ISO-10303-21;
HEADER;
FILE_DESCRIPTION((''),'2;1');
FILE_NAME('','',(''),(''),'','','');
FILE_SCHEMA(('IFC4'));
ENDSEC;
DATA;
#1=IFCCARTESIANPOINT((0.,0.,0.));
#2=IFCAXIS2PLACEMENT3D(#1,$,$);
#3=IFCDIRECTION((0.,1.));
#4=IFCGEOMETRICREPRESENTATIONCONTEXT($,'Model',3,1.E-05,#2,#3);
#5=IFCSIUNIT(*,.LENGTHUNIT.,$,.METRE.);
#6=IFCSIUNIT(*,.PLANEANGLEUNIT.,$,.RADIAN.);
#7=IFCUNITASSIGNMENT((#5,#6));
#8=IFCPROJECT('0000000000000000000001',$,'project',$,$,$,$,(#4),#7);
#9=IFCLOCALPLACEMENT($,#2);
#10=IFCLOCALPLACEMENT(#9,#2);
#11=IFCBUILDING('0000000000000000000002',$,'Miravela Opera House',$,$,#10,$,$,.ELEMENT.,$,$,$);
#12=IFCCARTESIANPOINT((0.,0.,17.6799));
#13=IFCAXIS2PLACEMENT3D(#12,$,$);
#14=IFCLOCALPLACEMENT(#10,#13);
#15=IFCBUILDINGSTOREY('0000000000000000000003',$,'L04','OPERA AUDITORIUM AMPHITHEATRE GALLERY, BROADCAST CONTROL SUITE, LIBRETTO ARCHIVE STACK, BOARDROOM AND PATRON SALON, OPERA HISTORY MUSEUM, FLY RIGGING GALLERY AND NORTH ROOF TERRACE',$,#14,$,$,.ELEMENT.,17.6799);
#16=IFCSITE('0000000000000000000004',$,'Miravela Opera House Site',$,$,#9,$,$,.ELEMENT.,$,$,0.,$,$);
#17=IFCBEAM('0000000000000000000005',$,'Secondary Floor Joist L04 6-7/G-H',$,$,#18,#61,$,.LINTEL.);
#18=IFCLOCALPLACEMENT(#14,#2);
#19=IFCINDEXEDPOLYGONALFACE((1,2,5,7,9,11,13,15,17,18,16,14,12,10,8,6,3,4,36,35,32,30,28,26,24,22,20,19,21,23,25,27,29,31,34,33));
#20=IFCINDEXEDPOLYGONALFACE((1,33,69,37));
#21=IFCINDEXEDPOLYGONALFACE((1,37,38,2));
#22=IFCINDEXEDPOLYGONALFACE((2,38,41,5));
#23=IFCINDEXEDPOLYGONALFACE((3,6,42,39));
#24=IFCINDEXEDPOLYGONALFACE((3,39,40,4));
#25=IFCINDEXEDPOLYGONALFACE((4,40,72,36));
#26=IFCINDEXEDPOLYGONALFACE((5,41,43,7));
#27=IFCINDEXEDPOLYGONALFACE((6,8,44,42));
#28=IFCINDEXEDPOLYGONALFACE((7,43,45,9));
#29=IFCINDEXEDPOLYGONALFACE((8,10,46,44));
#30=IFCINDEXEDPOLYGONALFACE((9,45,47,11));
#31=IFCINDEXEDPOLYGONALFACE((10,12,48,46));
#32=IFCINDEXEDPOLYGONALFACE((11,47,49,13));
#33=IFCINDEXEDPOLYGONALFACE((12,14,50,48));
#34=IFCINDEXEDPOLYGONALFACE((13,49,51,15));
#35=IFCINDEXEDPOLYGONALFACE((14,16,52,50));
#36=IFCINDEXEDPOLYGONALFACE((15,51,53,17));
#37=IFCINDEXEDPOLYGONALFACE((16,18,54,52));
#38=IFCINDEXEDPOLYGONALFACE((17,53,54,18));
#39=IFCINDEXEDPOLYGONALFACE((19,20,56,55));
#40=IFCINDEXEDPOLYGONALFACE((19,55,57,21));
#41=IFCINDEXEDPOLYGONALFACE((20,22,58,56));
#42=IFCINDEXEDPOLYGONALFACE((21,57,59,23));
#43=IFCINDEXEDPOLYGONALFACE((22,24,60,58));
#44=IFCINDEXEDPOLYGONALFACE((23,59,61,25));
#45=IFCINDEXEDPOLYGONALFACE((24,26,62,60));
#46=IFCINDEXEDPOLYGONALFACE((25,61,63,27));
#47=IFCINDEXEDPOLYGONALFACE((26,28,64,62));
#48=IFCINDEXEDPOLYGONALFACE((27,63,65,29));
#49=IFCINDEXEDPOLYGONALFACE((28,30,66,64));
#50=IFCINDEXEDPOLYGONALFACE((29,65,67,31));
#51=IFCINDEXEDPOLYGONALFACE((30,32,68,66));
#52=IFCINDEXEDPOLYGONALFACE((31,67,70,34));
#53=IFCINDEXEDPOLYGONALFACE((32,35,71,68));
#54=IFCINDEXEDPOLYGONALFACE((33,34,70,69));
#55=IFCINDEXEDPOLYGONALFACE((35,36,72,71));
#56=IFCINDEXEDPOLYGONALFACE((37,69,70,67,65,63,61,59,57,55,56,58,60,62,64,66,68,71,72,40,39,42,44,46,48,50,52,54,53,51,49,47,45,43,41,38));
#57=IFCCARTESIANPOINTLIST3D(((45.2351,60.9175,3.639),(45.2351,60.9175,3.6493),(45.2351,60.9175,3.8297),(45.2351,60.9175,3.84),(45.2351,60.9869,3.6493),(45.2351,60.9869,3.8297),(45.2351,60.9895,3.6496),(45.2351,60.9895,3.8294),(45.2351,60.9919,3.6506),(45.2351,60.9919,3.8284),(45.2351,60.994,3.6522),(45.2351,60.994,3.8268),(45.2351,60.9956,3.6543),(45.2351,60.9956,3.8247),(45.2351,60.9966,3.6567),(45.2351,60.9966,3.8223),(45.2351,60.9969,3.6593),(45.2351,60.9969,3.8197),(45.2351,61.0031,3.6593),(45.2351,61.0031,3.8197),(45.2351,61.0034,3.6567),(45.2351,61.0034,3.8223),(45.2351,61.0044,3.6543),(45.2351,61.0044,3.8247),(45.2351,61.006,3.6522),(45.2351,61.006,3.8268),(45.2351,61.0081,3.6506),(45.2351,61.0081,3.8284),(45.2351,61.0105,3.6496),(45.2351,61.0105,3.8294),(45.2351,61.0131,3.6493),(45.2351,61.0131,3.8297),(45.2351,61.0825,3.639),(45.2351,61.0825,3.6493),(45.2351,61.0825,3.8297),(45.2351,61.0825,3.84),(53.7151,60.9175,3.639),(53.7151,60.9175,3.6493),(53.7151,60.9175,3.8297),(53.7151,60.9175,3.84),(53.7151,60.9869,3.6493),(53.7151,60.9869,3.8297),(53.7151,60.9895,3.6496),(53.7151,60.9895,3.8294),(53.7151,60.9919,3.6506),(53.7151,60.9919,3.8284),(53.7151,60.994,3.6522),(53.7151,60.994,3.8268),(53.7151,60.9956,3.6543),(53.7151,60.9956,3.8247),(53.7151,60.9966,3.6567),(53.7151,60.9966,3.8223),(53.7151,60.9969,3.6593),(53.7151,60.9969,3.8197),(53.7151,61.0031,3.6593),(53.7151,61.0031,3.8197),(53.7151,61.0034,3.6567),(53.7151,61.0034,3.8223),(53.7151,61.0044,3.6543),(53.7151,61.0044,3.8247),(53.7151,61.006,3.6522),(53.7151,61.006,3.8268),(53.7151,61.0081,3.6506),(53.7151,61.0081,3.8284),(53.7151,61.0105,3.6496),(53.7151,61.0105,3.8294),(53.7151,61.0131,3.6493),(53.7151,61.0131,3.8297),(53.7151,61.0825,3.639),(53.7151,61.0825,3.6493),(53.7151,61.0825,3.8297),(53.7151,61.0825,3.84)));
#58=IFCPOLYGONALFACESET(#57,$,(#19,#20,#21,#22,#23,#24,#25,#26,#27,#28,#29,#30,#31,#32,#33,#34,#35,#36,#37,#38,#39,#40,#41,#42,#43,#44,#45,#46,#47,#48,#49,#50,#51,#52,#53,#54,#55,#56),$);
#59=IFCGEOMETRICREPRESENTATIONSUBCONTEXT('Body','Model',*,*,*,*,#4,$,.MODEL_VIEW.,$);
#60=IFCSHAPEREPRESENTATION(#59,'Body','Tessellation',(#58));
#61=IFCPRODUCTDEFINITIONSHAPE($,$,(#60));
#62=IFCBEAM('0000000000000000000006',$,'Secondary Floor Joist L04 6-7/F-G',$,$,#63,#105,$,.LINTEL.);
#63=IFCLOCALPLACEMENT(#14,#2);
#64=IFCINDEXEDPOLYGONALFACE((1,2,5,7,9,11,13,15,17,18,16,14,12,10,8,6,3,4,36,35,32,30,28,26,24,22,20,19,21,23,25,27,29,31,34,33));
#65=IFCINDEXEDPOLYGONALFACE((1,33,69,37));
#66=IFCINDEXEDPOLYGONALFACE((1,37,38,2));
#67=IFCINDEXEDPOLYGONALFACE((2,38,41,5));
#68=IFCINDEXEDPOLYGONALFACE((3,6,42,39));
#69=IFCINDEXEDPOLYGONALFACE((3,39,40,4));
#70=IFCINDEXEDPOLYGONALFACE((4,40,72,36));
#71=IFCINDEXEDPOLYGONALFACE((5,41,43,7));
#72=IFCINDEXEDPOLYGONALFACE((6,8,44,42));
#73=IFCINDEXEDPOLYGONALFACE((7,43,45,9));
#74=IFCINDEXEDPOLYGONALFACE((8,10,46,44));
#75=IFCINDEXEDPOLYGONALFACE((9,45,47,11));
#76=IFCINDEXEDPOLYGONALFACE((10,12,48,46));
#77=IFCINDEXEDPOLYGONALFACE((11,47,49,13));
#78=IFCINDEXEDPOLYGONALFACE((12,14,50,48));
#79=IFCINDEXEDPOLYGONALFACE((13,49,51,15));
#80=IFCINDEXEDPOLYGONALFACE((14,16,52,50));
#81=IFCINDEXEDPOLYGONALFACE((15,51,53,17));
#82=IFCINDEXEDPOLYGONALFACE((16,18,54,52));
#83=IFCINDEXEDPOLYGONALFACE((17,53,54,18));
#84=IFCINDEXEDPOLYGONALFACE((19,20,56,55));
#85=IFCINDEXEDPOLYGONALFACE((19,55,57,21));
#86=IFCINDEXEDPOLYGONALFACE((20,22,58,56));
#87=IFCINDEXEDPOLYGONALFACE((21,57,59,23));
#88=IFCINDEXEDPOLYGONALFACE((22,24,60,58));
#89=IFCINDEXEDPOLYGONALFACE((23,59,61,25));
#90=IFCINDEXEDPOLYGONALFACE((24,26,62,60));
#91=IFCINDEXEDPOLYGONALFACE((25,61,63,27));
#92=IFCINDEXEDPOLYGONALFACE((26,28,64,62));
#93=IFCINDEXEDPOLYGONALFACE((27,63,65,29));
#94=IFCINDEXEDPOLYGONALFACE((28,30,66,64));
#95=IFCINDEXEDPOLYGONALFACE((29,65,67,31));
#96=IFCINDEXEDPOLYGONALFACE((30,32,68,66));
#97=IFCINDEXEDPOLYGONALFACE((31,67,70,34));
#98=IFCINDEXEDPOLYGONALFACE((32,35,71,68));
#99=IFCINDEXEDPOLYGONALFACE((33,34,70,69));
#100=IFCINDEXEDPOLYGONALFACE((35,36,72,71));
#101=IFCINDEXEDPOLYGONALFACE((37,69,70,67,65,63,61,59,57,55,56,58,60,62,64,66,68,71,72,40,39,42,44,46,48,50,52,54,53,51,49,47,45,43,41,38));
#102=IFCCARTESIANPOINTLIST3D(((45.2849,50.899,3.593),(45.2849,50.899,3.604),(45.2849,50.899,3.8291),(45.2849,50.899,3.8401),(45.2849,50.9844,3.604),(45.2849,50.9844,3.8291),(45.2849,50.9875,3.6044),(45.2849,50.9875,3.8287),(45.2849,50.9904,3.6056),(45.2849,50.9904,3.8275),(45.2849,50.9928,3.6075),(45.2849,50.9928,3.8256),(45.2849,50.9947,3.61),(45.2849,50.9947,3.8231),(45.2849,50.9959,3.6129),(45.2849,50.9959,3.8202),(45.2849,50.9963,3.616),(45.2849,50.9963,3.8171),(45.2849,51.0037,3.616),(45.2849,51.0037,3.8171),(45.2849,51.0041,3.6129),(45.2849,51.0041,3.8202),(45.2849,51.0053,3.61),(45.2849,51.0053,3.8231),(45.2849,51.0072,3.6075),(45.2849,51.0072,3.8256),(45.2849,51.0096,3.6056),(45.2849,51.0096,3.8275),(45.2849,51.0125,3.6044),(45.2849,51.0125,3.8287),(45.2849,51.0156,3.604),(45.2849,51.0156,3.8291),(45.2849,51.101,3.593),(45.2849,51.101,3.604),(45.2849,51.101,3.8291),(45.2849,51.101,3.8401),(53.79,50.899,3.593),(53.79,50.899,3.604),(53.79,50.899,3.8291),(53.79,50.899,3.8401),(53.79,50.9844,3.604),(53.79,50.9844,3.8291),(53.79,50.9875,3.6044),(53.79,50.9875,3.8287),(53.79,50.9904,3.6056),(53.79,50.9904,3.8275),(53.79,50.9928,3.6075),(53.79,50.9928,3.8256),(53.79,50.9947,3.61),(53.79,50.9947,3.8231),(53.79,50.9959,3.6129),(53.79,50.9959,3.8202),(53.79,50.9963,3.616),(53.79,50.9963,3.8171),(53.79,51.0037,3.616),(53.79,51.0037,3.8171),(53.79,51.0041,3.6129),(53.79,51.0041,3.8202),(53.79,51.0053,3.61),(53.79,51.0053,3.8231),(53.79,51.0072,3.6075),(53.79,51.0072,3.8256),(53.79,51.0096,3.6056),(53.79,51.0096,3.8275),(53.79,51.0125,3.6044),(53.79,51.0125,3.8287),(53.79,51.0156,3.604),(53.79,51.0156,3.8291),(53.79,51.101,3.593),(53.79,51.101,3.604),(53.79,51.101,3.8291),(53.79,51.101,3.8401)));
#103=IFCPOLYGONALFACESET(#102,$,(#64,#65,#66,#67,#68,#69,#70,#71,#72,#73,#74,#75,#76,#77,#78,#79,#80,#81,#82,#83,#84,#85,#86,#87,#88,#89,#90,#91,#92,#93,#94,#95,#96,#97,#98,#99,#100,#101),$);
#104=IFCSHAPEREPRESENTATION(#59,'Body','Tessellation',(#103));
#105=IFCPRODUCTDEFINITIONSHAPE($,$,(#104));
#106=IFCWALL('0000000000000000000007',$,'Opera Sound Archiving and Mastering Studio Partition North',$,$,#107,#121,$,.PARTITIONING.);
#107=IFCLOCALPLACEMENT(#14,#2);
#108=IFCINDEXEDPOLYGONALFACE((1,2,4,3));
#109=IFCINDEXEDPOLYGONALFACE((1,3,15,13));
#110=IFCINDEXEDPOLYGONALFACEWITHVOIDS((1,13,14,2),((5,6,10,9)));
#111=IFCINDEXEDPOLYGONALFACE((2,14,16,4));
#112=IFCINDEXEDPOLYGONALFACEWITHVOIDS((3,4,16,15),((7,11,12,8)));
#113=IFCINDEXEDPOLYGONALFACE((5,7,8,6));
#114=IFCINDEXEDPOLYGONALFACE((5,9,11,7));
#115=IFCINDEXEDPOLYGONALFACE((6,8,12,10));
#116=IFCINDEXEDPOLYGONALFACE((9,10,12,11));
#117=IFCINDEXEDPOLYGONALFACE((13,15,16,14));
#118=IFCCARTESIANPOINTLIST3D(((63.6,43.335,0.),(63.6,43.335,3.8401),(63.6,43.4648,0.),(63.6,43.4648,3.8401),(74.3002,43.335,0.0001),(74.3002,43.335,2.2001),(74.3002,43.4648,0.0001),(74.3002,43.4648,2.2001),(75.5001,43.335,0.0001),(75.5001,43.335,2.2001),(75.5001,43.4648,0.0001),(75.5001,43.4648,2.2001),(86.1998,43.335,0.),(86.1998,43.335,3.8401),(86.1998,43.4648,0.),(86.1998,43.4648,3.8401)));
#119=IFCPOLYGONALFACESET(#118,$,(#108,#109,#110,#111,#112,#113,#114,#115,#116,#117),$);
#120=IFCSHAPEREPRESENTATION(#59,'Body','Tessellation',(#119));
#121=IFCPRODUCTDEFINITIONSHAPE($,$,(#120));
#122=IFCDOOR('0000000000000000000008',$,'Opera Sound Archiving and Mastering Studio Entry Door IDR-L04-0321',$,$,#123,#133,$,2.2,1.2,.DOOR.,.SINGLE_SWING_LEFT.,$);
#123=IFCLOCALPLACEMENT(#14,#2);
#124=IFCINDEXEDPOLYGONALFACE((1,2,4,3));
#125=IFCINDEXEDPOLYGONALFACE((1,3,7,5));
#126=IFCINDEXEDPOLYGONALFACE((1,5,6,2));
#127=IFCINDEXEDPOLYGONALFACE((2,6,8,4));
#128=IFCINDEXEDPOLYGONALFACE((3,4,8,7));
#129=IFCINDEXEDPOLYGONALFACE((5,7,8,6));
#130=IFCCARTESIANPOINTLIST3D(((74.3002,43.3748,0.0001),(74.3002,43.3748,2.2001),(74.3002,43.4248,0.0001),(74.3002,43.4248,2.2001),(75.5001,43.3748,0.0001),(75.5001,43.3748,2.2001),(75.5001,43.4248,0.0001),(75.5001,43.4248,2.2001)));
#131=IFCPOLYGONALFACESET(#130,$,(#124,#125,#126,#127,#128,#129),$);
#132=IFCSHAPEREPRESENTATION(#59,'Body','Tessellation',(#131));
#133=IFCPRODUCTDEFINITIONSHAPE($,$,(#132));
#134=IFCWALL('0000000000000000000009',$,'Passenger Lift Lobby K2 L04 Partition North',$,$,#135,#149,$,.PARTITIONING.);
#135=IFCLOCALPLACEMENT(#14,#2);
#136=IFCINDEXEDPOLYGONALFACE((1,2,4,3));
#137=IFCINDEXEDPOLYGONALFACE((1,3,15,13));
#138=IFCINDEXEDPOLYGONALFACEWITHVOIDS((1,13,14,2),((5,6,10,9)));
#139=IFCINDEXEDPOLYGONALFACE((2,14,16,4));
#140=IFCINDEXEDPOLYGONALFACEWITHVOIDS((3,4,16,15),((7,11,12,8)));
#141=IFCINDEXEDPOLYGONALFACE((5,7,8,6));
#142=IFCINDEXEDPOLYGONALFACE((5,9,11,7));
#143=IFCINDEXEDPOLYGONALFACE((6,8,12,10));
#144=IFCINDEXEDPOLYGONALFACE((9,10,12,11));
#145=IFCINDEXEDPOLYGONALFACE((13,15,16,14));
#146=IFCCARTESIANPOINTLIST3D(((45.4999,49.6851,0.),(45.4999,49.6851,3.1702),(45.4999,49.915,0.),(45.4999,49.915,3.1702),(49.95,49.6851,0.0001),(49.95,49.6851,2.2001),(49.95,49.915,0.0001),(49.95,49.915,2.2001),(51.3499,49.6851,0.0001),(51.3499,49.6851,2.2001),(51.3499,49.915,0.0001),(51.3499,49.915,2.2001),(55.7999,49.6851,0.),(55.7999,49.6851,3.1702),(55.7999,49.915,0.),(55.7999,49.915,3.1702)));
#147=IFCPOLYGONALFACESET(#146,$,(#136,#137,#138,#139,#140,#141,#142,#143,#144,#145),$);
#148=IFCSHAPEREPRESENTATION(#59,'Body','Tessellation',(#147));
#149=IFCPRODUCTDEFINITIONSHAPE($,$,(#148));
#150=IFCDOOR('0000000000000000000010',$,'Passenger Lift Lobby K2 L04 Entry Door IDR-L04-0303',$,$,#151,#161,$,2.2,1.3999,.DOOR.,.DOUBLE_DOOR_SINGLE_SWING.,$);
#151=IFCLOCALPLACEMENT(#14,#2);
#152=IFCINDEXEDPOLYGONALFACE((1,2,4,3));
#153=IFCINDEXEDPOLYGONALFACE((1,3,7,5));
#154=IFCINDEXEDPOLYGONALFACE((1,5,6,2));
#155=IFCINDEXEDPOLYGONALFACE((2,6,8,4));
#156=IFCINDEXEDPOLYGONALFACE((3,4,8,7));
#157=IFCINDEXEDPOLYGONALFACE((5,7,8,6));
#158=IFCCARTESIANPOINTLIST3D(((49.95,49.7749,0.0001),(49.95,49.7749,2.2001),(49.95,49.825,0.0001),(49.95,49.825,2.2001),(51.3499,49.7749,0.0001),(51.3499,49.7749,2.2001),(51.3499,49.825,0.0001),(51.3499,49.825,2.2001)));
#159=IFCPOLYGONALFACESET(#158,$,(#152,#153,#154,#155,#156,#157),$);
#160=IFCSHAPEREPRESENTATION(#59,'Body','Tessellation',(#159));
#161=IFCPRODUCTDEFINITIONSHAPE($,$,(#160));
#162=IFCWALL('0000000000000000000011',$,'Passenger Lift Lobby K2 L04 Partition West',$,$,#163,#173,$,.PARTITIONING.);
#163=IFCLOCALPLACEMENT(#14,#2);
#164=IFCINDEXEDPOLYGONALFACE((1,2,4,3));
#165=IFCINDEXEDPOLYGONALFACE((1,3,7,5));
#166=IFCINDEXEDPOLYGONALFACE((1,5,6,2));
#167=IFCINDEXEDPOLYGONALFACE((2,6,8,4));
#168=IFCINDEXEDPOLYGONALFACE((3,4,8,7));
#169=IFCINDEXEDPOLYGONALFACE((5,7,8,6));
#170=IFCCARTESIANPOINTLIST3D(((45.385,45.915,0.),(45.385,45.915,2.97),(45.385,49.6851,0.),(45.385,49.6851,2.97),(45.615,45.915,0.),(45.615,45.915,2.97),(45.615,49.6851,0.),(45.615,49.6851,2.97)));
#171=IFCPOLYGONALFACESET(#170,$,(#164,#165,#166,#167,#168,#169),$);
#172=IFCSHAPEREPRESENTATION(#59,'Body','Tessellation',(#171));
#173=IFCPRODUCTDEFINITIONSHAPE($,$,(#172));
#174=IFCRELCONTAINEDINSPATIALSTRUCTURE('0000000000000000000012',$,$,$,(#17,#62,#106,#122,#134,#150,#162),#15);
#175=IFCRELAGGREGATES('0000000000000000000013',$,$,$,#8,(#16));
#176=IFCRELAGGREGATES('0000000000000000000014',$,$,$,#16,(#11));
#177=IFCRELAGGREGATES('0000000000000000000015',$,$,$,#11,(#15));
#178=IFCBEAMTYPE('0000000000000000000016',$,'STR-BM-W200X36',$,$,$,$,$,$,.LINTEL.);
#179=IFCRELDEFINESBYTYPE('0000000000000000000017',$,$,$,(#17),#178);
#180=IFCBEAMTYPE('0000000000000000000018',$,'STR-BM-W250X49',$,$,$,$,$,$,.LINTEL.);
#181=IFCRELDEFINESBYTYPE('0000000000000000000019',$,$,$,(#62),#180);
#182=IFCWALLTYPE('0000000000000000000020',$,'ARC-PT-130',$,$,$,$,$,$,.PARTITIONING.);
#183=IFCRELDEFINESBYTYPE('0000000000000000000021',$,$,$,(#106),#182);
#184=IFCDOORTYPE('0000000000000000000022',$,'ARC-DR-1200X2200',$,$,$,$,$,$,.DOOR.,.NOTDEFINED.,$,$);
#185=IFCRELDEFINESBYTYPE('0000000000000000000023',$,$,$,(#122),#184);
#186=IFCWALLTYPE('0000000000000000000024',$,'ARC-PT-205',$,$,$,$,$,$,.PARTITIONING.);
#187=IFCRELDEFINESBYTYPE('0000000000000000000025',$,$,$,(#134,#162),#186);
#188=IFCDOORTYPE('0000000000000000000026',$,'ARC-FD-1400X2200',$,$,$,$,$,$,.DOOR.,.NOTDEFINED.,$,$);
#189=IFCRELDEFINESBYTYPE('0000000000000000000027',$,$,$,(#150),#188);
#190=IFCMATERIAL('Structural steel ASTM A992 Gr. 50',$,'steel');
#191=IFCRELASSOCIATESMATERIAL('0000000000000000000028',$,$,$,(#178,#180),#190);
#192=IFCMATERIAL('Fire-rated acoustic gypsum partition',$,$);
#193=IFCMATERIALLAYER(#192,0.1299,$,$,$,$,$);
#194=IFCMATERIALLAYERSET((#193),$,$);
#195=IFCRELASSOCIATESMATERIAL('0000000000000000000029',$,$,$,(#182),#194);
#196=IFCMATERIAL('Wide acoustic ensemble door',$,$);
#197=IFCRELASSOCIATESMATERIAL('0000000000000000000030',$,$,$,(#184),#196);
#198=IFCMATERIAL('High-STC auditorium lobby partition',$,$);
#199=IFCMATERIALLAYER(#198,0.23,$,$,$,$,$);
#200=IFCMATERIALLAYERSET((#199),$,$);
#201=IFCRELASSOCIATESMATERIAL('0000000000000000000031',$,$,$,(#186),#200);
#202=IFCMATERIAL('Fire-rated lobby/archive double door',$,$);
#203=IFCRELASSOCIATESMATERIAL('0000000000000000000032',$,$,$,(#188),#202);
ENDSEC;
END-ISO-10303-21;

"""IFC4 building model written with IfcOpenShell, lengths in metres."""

from ifc_helpers import new_model, si_unit, direction, frame, frame_2d, origin, origin_2d, place, context, subcontext, project, spatial, rectangle, i_section, extrude, material, layer, layer_set, material_profile, profile_set, type_object, element, fill, save


model = new_model("IFC4")

# Units and contexts
model_context = context("Model", 3, precision=1e-05, world=origin(), true_north=direction((0.0, 1.0)))
body_context = subcontext(model_context, "Body", "Model", "MODEL_VIEW")
ifc_project = project(units=[si_unit("LENGTHUNIT", "METRE"), si_unit("PLANEANGLEUNIT", "RADIAN")], contexts=[model_context])

# Site, building, storey
site_placement = place(None, origin())
site = spatial("IfcSite", under=ifc_project, at=site_placement, Name="Miravela Opera House Site", CompositionType="ELEMENT", RefElevation=0.0)
building_placement = place(site_placement, origin())
building = spatial("IfcBuilding", under=site, at=building_placement, Name="Miravela Opera House", CompositionType="ELEMENT")
storey_placement = place(building_placement, frame((0.0, 0.0, 17.6799)))
storey = spatial("IfcBuildingStorey", under=building, at=storey_placement, Name="L04", Description="OPERA AUDITORIUM AMPHITHEATRE GALLERY, BROADCAST CONTROL SUITE, LIBRETTO ARCHIVE STACK, BOARDROOM AND PATRON SALON, OPERA HISTORY MUSEUM, FLY RIGGING GALLERY AND NORTH ROOF TERRACE", CompositionType="ELEMENT", Elevation=17.6799)

# Beams
ifc_material_1 = material(Name="Structural steel ASTM A992 Gr. 50", Category="steel")
ifc_material_profile_1 = material_profile(ifc_material_1, i_section(OverallWidth=0.165, OverallDepth=0.2009, WebThickness=0.0061, FlangeThickness=0.0103, FilletRadius=0.01, at=origin_2d()), Name="W200X36")
ifc_profile_set_1 = profile_set([ifc_material_profile_1])
beam_type_1 = type_object("IfcBeamType", Name="STR-BM-W200X36", PredefinedType="LINTEL", material=ifc_profile_set_1)
beam_1_placement = place(storey_placement, frame((45.2351, 61.0, 3.7395), z_axis=(1.0, 0.0, 0.0), x_axis=(0.0, 1.0, 0.0)))
element("IfcBeam", 1, at=beam_1_placement, inside=storey, type_object=beam_type_1, Name="Secondary Floor Joist L04 6-7/G-H", PredefinedType="LINTEL", context=body_context, shape_type="SweptSolid", body=[
    extrude(i_section(OverallWidth=0.165, OverallDepth=0.2009, WebThickness=0.0061, FlangeThickness=0.0103, FilletRadius=0.01, at=origin_2d()), origin(), (0.0, 0.0, 1.0), 8.48),
])
ifc_material_profile_2 = material_profile(ifc_material_1, i_section(OverallWidth=0.2019, OverallDepth=0.2471, WebThickness=0.0073, FlangeThickness=0.011, FilletRadius=0.012, at=origin_2d()), Name="W250X49")
ifc_profile_set_2 = profile_set([ifc_material_profile_2])
beam_type_2 = type_object("IfcBeamType", Name="STR-BM-W250X49", PredefinedType="LINTEL", material=ifc_profile_set_2)
beam_2_placement = place(storey_placement, frame((45.2849, 51.0, 3.7166), z_axis=(1.0, 0.0, 0.0), x_axis=(0.0, 1.0, 0.0)))
element("IfcBeam", 2, at=beam_2_placement, inside=storey, type_object=beam_type_2, Name="Secondary Floor Joist L04 6-7/F-G", PredefinedType="LINTEL", context=body_context, shape_type="SweptSolid", body=[
    extrude(i_section(OverallWidth=0.2019, OverallDepth=0.2471, WebThickness=0.0073, FlangeThickness=0.011, FilletRadius=0.012, at=origin_2d()), origin(), (0.0, 0.0, 1.0), 8.5051),
])

# Walls, openings, doors
ifc_material_2 = material(Name="Fire-rated acoustic gypsum partition")
ifc_layer_1 = layer(ifc_material_2, 0.1299)
ifc_layer_set_1 = layer_set([ifc_layer_1])
wall_type_1 = type_object("IfcWallType", Name="ARC-PT-130", PredefinedType="PARTITIONING", material=ifc_layer_set_1)
wall_1_placement = place(storey_placement, frame((63.6001, 43.3999, 0.0), z_axis=(0.0, 0.0, 1.0), x_axis=(1.0, 0.0, 0.0)))
wall_1 = element("IfcWall", 3, at=wall_1_placement, inside=storey, type_object=wall_type_1, Name="Opera Sound Archiving and Mastering Studio Partition North", PredefinedType="PARTITIONING", context=body_context, shape_type="SweptSolid", body=[
    extrude(rectangle(XDim=22.5999, YDim=0.1299, at=frame_2d((11.2998, 0.0))), origin(), (0.0, 0.0, 1.0), 3.8401),
])
opening_1_placement = place(wall_1_placement, frame((10.7, 0.0, 0.0)))
opening_1 = element("IfcOpeningElement", 4, at=opening_1_placement, cuts=wall_1, PredefinedType="OPENING", context=body_context, shape_type="SweptSolid", body=[
    extrude(rectangle(XDim=1.2, YDim=2.2, at=frame_2d((0.6001, 1.1001))), frame((0.0, 0.075, 0.0), z_axis=(0.0, -1.0, 0.0), x_axis=(1.0, 0.0, 0.0)), (0.0, 0.0, 1.0), 0.1499),
])
ifc_material_3 = material(Name="Wide acoustic ensemble door")
door_type_1 = type_object("IfcDoorType", Name="ARC-DR-1200X2200", OperationType="NOTDEFINED", PredefinedType="DOOR", material=ifc_material_3)
door_1_placement = place(opening_1_placement, origin())
door_1 = element("IfcDoor", 5, at=door_1_placement, inside=storey, type_object=door_type_1, Name="Opera Sound Archiving and Mastering Studio Entry Door IDR-L04-0321", OperationType="SINGLE_SWING_LEFT", OverallHeight=2.2, OverallWidth=1.2, PredefinedType="DOOR", context=body_context, shape_type="SweptSolid", body=[
    extrude(rectangle(XDim=1.2, YDim=2.2, at=frame_2d((0.6001, 1.1001))), frame((0.0, 0.0249, 0.0), z_axis=(0.0, -1.0, 0.0), x_axis=(1.0, 0.0, 0.0)), (0.0, 0.0, 1.0), 0.05),
])
fill(opening_1, door_1)
ifc_material_4 = material(Name="High-STC auditorium lobby partition")
ifc_layer_2 = layer(ifc_material_4, 0.23)
ifc_layer_set_2 = layer_set([ifc_layer_2])
wall_type_2 = type_object("IfcWallType", Name="ARC-PT-205", PredefinedType="PARTITIONING", material=ifc_layer_set_2)
wall_2_placement = place(storey_placement, frame((45.5, 49.8, 0.0), z_axis=(0.0, 0.0, 1.0), x_axis=(1.0, 0.0, 0.0)))
wall_2 = element("IfcWall", 6, at=wall_2_placement, inside=storey, type_object=wall_type_2, Name="Passenger Lift Lobby K2 L04 Partition North", PredefinedType="PARTITIONING", context=body_context, shape_type="SweptSolid", body=[
    extrude(rectangle(XDim=10.3, YDim=0.23, at=frame_2d((5.1499, 0.0))), origin(), (0.0, 0.0, 1.0), 3.1702),
])
opening_2_placement = place(wall_2_placement, frame((4.45, 0.0, 0.0)))
opening_2 = element("IfcOpeningElement", 7, at=opening_2_placement, cuts=wall_2, PredefinedType="OPENING", context=body_context, shape_type="SweptSolid", body=[
    extrude(rectangle(XDim=1.3999, YDim=2.2, at=frame_2d((0.7, 1.1001))), frame((0.0, 0.125, 0.0), z_axis=(0.0, -1.0, 0.0), x_axis=(1.0, 0.0, 0.0)), (0.0, 0.0, 1.0), 0.25),
])
ifc_material_5 = material(Name="Fire-rated lobby/archive double door")
door_type_2 = type_object("IfcDoorType", Name="ARC-FD-1400X2200", OperationType="NOTDEFINED", PredefinedType="DOOR", material=ifc_material_5)
door_2_placement = place(opening_2_placement, origin())
door_2 = element("IfcDoor", 8, at=door_2_placement, inside=storey, type_object=door_type_2, Name="Passenger Lift Lobby K2 L04 Entry Door IDR-L04-0303", OperationType="DOUBLE_DOOR_SINGLE_SWING", OverallHeight=2.2, OverallWidth=1.3999, PredefinedType="DOOR", context=body_context, shape_type="SweptSolid", body=[
    extrude(rectangle(XDim=1.3999, YDim=2.2, at=frame_2d((0.7, 1.1001))), frame((0.0, 0.0249, 0.0), z_axis=(0.0, -1.0, 0.0), x_axis=(1.0, 0.0, 0.0)), (0.0, 0.0, 1.0), 0.05),
])
fill(opening_2, door_2)

# Wall
wall_3_placement = place(storey_placement, frame((45.5, 45.915, 0.0), z_axis=(0.0, 0.0, 1.0), x_axis=(0.0, 1.0, 0.0)))
element("IfcWall", 9, at=wall_3_placement, inside=storey, type_object=wall_type_2, Name="Passenger Lift Lobby K2 L04 Partition West", PredefinedType="PARTITIONING", context=body_context, shape_type="SweptSolid", body=[
    extrude(rectangle(XDim=3.77, YDim=0.23, at=frame_2d((1.885, 0.0))), origin(), (0.0, 0.0, 1.0), 2.97),
])

save(model, "model.ifc")
